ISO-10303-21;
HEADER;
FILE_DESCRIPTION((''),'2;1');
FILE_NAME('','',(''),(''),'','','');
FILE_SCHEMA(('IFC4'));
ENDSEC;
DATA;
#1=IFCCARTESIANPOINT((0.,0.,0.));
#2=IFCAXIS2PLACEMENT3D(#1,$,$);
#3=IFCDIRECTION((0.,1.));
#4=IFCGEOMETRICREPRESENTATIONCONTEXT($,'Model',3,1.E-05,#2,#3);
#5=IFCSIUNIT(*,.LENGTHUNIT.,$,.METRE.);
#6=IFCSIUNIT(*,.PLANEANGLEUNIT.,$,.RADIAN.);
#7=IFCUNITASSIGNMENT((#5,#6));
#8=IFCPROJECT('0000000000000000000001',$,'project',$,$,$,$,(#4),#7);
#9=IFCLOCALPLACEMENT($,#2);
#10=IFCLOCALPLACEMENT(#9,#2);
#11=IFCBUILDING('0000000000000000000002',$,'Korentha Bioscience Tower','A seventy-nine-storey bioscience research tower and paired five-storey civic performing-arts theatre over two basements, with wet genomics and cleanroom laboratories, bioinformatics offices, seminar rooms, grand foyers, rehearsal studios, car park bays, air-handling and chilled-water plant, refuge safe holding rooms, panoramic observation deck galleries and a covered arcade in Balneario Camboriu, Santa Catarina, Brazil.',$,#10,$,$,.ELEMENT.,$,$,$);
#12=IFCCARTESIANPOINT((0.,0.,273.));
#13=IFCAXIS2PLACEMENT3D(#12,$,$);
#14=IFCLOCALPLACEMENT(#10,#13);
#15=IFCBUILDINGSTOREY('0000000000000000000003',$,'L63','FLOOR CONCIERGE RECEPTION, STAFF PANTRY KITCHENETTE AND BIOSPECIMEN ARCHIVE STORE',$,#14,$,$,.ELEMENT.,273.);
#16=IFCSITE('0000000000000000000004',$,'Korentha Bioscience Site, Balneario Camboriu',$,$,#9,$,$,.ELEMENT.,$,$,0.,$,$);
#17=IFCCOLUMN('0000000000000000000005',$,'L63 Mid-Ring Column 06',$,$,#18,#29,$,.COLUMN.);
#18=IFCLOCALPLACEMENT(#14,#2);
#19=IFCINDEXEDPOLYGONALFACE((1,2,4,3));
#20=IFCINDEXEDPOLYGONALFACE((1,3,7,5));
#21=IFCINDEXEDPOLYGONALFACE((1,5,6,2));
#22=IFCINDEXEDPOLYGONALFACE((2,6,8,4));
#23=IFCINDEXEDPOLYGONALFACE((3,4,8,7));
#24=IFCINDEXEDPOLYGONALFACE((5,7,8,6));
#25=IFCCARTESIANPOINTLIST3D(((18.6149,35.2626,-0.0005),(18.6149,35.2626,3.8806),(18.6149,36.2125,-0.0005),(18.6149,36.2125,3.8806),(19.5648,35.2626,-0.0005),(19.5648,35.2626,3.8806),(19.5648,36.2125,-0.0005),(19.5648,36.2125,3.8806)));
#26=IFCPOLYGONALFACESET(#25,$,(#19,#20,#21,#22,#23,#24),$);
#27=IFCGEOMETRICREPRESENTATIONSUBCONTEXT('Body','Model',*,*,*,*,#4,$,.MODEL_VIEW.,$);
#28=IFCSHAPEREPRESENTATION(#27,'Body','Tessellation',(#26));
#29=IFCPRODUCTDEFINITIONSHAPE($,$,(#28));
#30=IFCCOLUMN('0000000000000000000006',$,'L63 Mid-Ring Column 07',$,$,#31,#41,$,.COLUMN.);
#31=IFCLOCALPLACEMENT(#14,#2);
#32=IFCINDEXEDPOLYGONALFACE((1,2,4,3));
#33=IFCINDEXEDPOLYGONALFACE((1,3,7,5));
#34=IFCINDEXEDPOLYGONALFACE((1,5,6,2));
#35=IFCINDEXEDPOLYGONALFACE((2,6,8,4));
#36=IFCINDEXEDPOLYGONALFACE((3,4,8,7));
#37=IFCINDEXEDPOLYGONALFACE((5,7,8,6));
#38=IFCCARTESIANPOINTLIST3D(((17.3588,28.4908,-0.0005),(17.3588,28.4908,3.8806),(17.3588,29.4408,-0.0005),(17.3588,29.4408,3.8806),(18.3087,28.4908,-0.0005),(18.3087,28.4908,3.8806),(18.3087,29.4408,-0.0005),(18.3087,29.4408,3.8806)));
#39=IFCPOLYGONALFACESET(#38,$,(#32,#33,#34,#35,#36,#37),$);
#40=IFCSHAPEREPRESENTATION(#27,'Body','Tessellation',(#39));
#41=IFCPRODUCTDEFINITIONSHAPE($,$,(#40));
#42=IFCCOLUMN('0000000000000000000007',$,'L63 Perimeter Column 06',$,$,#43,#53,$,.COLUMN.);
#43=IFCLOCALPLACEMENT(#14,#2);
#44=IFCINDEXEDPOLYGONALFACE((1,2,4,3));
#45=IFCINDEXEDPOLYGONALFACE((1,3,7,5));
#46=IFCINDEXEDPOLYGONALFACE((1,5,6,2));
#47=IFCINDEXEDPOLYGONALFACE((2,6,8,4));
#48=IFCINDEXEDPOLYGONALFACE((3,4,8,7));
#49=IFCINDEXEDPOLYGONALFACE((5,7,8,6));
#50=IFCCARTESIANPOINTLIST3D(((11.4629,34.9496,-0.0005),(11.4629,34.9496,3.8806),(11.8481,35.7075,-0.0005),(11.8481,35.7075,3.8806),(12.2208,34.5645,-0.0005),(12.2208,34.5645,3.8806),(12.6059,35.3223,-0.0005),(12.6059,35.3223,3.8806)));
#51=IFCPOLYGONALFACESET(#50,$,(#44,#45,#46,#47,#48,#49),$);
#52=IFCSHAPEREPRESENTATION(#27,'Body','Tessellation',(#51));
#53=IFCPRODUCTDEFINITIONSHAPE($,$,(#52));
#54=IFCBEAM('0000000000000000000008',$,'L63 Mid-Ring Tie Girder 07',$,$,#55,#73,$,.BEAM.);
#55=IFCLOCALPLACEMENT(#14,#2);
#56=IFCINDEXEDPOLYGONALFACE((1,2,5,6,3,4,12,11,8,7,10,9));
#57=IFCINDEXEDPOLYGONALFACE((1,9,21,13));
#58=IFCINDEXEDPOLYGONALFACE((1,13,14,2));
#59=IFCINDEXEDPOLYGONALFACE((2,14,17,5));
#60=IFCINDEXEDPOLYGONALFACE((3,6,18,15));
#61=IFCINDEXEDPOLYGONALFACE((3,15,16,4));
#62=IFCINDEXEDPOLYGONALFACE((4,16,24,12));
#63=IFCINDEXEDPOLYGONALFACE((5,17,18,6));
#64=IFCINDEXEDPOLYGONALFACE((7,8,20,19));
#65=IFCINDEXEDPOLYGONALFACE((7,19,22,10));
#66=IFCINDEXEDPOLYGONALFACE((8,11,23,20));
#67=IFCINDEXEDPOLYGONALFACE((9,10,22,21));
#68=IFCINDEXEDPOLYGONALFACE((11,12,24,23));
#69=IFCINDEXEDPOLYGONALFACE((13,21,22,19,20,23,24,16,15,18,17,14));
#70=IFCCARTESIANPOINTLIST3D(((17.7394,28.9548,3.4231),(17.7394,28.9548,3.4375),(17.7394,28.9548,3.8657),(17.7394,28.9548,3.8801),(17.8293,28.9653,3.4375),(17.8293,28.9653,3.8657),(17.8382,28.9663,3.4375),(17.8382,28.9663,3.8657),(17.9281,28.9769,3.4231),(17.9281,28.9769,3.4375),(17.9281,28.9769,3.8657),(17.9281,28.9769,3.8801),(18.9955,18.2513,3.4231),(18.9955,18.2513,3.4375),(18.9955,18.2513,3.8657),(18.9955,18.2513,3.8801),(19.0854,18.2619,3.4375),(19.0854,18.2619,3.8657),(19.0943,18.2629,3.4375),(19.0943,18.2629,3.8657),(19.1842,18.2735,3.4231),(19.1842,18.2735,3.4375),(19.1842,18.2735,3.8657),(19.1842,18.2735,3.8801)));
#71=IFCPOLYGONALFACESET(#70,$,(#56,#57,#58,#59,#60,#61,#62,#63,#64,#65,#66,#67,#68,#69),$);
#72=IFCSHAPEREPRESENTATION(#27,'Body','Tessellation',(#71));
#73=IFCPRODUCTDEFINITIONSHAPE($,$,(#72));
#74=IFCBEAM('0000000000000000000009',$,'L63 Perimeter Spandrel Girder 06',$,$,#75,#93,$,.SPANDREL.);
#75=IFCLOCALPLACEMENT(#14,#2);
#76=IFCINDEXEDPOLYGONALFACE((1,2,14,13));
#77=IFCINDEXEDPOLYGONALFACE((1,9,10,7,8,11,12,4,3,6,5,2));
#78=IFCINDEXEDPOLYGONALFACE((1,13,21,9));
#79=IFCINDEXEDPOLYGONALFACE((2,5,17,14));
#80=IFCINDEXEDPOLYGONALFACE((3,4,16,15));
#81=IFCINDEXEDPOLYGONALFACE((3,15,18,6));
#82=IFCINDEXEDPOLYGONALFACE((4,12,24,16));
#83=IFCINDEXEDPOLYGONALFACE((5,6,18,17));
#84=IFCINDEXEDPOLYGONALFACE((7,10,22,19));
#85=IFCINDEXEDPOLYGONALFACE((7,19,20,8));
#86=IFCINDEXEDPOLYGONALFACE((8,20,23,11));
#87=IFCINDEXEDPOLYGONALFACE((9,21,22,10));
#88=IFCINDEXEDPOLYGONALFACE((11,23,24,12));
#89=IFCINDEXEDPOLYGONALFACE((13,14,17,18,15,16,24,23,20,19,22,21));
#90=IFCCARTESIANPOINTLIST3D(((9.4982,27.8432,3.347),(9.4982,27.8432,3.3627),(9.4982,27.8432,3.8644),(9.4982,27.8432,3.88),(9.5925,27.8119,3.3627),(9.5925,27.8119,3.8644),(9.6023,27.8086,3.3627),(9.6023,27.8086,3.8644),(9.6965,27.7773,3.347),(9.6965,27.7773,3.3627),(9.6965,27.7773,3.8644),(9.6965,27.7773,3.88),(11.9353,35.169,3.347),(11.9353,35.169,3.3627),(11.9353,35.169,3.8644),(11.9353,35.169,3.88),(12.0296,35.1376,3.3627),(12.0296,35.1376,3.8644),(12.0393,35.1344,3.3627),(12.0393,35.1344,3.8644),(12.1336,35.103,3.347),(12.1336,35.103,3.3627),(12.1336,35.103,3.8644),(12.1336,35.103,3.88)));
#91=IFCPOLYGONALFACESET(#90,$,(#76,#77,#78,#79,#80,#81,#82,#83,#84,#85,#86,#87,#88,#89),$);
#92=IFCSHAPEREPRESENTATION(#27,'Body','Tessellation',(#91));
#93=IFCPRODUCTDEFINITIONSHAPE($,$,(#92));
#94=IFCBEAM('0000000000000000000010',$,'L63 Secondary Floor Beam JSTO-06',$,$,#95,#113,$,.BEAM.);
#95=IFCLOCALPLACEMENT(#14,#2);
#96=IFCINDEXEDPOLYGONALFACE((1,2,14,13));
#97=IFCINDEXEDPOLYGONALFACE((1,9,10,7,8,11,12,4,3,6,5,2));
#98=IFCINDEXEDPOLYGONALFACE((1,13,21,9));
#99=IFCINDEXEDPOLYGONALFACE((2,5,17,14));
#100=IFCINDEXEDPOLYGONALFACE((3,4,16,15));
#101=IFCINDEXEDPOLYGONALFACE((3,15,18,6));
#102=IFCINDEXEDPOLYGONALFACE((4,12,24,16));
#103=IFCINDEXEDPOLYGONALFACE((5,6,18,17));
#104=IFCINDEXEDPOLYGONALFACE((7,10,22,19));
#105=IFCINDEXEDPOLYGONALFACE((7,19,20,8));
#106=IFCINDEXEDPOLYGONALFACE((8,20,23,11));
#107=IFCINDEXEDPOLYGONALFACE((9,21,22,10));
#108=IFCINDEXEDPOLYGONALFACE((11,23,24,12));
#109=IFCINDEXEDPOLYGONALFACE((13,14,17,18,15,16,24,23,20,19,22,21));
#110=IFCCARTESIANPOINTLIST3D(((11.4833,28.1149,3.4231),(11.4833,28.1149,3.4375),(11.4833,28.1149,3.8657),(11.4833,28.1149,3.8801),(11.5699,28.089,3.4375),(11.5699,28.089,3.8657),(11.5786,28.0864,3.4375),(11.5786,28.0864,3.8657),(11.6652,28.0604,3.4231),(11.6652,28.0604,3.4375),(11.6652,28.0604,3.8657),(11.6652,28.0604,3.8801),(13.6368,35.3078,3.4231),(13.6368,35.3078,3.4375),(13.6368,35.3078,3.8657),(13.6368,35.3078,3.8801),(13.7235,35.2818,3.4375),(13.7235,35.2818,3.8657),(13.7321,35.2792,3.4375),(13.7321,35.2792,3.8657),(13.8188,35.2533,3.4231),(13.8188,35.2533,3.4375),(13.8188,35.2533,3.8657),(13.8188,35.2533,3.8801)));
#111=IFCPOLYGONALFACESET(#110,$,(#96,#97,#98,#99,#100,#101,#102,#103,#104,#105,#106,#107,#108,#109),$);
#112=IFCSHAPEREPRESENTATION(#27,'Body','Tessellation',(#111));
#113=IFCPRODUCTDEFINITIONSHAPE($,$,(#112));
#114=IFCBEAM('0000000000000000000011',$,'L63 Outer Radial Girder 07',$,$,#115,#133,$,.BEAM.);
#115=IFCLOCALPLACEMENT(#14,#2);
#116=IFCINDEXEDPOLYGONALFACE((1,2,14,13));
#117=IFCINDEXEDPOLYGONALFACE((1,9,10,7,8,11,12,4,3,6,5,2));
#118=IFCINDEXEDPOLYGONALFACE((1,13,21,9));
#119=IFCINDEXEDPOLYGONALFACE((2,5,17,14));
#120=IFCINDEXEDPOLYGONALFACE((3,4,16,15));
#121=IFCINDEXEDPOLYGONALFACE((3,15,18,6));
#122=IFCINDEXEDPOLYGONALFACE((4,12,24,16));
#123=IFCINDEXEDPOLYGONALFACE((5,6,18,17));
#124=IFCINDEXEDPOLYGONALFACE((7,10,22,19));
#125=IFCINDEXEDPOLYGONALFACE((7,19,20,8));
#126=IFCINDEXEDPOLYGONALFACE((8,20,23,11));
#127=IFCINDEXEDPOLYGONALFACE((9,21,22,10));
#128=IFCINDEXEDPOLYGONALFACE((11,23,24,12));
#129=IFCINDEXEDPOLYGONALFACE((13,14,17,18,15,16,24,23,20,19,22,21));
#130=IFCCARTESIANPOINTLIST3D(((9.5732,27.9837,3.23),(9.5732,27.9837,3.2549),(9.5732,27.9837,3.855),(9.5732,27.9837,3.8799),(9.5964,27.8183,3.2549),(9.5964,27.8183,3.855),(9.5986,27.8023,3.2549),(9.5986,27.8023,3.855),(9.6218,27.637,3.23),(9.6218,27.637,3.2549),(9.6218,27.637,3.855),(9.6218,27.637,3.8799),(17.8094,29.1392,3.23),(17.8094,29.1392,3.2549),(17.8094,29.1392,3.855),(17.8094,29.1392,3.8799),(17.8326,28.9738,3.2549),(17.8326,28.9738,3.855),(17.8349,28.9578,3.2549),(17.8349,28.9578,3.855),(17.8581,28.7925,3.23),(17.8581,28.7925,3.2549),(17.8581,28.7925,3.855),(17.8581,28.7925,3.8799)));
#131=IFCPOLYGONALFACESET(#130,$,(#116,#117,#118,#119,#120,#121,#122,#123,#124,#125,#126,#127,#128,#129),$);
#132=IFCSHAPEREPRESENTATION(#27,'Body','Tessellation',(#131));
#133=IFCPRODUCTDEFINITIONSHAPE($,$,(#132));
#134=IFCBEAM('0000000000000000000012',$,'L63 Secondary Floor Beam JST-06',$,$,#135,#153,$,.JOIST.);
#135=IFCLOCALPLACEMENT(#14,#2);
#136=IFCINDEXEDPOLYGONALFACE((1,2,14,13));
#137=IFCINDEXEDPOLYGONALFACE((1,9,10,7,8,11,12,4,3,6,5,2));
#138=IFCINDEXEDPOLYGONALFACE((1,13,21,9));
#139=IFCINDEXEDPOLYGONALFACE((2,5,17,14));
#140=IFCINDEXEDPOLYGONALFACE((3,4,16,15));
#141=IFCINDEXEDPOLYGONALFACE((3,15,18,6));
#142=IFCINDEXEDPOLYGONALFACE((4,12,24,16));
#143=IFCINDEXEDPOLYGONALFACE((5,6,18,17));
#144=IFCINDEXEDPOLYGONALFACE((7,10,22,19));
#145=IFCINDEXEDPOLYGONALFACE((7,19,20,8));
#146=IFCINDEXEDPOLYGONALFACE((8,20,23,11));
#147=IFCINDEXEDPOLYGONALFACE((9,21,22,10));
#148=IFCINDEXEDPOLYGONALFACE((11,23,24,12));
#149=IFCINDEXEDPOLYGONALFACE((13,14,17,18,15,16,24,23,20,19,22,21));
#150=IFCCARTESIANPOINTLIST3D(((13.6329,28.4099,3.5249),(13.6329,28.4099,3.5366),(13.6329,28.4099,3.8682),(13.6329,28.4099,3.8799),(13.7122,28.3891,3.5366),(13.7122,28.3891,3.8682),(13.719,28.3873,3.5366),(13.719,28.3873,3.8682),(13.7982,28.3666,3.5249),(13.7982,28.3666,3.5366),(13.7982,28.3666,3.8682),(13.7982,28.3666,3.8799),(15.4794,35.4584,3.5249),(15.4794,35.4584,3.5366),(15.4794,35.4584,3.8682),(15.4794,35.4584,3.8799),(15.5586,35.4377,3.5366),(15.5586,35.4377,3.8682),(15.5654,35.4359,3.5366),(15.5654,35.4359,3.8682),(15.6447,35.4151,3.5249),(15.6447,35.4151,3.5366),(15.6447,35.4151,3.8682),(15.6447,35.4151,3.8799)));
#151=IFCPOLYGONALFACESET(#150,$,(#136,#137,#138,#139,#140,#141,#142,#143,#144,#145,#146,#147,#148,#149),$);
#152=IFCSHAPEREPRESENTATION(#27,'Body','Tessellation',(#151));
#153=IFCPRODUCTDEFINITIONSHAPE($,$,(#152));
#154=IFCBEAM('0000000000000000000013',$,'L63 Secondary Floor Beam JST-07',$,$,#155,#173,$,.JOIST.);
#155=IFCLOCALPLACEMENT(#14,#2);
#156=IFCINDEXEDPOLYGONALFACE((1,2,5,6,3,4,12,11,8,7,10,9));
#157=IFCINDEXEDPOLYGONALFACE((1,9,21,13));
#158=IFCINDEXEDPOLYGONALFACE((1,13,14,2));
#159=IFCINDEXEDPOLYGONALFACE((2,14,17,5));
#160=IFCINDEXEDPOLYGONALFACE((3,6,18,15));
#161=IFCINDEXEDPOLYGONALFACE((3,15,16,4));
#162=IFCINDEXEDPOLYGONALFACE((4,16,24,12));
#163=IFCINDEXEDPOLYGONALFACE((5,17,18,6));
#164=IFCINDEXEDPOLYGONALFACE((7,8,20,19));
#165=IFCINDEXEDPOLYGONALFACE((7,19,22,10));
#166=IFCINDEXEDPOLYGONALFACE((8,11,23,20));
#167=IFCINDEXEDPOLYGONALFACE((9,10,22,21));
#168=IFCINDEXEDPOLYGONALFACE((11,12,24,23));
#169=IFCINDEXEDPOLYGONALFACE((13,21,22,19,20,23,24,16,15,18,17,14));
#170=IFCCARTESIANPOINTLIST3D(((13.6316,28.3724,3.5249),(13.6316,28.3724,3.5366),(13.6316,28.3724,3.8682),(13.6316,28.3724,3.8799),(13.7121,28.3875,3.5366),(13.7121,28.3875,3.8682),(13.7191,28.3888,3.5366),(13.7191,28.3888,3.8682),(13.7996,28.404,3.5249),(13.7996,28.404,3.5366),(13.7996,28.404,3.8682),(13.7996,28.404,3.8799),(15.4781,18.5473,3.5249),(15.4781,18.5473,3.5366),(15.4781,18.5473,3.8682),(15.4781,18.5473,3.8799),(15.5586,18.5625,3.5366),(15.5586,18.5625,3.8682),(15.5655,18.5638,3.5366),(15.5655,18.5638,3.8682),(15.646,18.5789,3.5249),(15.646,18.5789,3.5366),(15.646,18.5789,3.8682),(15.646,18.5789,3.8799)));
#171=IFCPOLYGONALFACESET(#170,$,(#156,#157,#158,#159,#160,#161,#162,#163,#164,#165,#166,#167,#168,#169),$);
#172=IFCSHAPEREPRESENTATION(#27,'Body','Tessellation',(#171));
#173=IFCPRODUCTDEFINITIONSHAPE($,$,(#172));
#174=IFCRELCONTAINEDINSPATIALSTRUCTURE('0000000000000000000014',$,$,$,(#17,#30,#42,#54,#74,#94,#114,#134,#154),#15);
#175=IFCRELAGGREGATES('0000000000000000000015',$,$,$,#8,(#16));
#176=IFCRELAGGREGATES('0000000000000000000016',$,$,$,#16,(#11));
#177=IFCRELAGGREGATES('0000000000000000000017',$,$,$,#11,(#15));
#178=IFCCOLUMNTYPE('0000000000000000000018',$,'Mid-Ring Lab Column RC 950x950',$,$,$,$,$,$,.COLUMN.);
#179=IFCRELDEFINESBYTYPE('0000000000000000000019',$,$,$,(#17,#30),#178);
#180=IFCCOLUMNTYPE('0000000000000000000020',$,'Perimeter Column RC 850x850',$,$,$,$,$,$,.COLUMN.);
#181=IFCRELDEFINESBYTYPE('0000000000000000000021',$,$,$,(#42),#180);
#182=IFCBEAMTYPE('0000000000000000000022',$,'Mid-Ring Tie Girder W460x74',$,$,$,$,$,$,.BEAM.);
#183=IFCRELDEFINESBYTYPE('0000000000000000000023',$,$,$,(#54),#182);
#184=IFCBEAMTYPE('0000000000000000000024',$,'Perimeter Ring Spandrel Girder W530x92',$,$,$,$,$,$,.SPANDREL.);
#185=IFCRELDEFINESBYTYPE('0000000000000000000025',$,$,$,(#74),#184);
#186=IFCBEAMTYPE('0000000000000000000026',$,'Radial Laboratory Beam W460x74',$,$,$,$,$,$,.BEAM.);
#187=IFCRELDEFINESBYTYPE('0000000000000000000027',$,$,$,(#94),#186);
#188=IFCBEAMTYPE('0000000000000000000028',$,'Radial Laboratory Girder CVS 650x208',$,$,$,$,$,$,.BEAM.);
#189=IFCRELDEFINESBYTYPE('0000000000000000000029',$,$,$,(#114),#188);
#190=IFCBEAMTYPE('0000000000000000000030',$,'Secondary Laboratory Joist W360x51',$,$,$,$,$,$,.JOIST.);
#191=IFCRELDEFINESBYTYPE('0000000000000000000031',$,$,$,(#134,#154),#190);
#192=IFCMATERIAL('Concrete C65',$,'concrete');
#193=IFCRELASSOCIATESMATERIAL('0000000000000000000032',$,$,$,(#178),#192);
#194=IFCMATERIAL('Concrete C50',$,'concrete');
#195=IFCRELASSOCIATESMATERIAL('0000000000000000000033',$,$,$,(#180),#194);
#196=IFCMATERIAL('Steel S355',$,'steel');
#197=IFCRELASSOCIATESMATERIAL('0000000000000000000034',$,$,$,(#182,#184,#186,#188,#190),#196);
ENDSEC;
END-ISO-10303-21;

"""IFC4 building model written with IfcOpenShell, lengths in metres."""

from ifc_helpers import new_model, si_unit, direction, frame, origin, origin_2d, place, context, subcontext, project, spatial, rectangle, i_section, extrude, material, material_profile, profile_set, type_object, element, save


model = new_model("IFC4")

# Units and contexts
model_context = context("Model", 3, precision=1e-05, world=origin(), true_north=direction((0.0, 1.0)))
body_context = subcontext(model_context, "Body", "Model", "MODEL_VIEW")
ifc_project = project(units=[si_unit("LENGTHUNIT", "METRE"), si_unit("PLANEANGLEUNIT", "RADIAN")], contexts=[model_context])

# Site, building, storey
site_placement = place(None, origin())
site = spatial("IfcSite", under=ifc_project, at=site_placement, Name="Korentha Bioscience Site, Balneario Camboriu", CompositionType="ELEMENT", RefElevation=0.0)
building_placement = place(site_placement, origin())
building = spatial("IfcBuilding", under=site, at=building_placement, Name="Korentha Bioscience Tower", Description="A seventy-nine-storey bioscience research tower and paired five-storey civic performing-arts theatre over two basements, with wet genomics and cleanroom laboratories, bioinformatics offices, seminar rooms, grand foyers, rehearsal studios, car park bays, air-handling and chilled-water plant, refuge safe holding rooms, panoramic observation deck galleries and a covered arcade in Balneario Camboriu, Santa Catarina, Brazil.", CompositionType="ELEMENT")
storey_placement = place(building_placement, frame((0.0, 0.0, 273.0)))
storey = spatial("IfcBuildingStorey", under=building, at=storey_placement, Name="L63", Description="FLOOR CONCIERGE RECEPTION, STAFF PANTRY KITCHENETTE AND BIOSPECIMEN ARCHIVE STORE", CompositionType="ELEMENT", Elevation=273.0)

# Columns
ifc_material_1 = material(Name="Concrete C65", Category="concrete")
ifc_material_profile_1 = material_profile(ifc_material_1, rectangle(XDim=0.95, YDim=0.95, at=origin_2d()), Name="Concrete C65")
ifc_profile_set_1 = profile_set([ifc_material_profile_1], Name="Concrete C65 (COL-MR09)")
column_type_1 = type_object("IfcColumnType", Name="Mid-Ring Lab Column RC 950x950", PredefinedType="COLUMN", material=ifc_profile_set_1)
for number, where, z_axis, x_axis, name in (
    (1, (19.0898, 35.7375, -0.0005), (0.0, 0.0, 1.0), (1.0, 0.0, 0.0), "L63 Mid-Ring Column 06"),
    (2, (17.8337, 28.9658, -0.0005), (0.0, 0.0, 1.0), (1.0, 0.0, 0.0), "L63 Mid-Ring Column 07"),
):
    element("IfcColumn", number, at=place(storey_placement, frame(where, z_axis=z_axis, x_axis=x_axis)), inside=storey, type_object=column_type_1, Name=name, PredefinedType="COLUMN", context=body_context, shape_type="SweptSolid", body=[
        extrude(rectangle(XDim=0.95, YDim=0.95, at=origin_2d()), origin(), (0.0, 0.0, 1.0), 3.8811),
    ])
ifc_material_2 = material(Name="Concrete C50", Category="concrete")
ifc_material_profile_2 = material_profile(ifc_material_2, rectangle(XDim=0.8501, YDim=0.8501, at=origin_2d()), Name="Concrete C50")
ifc_profile_set_2 = profile_set([ifc_material_profile_2], Name="Concrete C50 (COL-P08)")
column_type_2 = type_object("IfcColumnType", Name="Perimeter Column RC 850x850", PredefinedType="COLUMN", material=ifc_profile_set_2)
column_placement = place(storey_placement, frame((12.0344, 35.136, -0.0005), z_axis=(0.0, 0.0, 1.0), x_axis=(0.453057, 0.891481, 0.0)))
element("IfcColumn", 3, at=column_placement, inside=storey, type_object=column_type_2, Name="L63 Perimeter Column 06", PredefinedType="COLUMN", context=body_context, shape_type="SweptSolid", body=[
    extrude(rectangle(XDim=0.8501, YDim=0.8501, at=origin_2d()), origin(), (0.0, 0.0, 1.0), 3.8811),
])

# Beams
ifc_material_3 = material(Name="Steel S355", Category="steel")
ifc_material_profile_3 = material_profile(ifc_material_3, i_section(OverallWidth=0.1899, OverallDepth=0.457, WebThickness=0.009, FlangeThickness=0.0144, at=origin_2d()), Name="Steel S355")
ifc_profile_set_3 = profile_set([ifc_material_profile_3], Name="Steel S355 (MB-460)")
beam_type_1 = type_object("IfcBeamType", Name="Mid-Ring Tie Girder W460x74", PredefinedType="BEAM", material=ifc_profile_set_3)
beam_1_placement = place(storey_placement, frame((17.8337, 28.9658, 3.6516), z_axis=(0.116556, -0.993184, 0.0), x_axis=(0.993184, 0.116556, 0.0)))
element("IfcBeam", 4, at=beam_1_placement, inside=storey, type_object=beam_type_1, Name="L63 Mid-Ring Tie Girder 07", PredefinedType="BEAM", context=body_context, shape_type="SweptSolid", body=[
    extrude(i_section(OverallWidth=0.1899, OverallDepth=0.457, WebThickness=0.009, FlangeThickness=0.0144, at=origin_2d()), origin(), (0.0, 0.0, 1.0), 10.7769),
])
ifc_material_profile_4 = material_profile(ifc_material_3, i_section(OverallWidth=0.209, OverallDepth=0.533, WebThickness=0.0103, FlangeThickness=0.0156, at=origin_2d()), Name="Steel S355")
ifc_profile_set_4 = profile_set([ifc_material_profile_4], Name="Steel S355 (SB-530)")
beam_type_2 = type_object("IfcBeamType", Name="Perimeter Ring Spandrel Girder W530x92", PredefinedType="SPANDREL", material=ifc_profile_set_4)
beam_2_placement = place(storey_placement, frame((12.0344, 35.136, 3.6135), z_axis=(-0.315658, -0.948873, 0.0), x_axis=(0.948873, -0.315658, 0.0)))
element("IfcBeam", 5, at=beam_2_placement, inside=storey, type_object=beam_type_2, Name="L63 Perimeter Spandrel Girder 06", PredefinedType="SPANDREL", context=body_context, shape_type="SweptSolid", body=[
    extrude(i_section(OverallWidth=0.209, OverallDepth=0.533, WebThickness=0.0103, FlangeThickness=0.0156, at=origin_2d()), origin(), (0.0, 0.0, 1.0), 7.7205),
])
ifc_material_profile_5 = material_profile(ifc_material_3, i_section(OverallWidth=0.1899, OverallDepth=0.457, WebThickness=0.009, FlangeThickness=0.0144, at=origin_2d()), Name="Steel S355")
ifc_profile_set_5 = profile_set([ifc_material_profile_5], Name="Steel S355 (RB-460)")
beam_type_3 = type_object("IfcBeamType", Name="Radial Laboratory Beam W460x74", PredefinedType="BEAM", material=ifc_profile_set_5)
beam_3_placement = place(storey_placement, frame((13.7278, 35.2805, 3.6516), z_axis=(-0.286823, -0.957984, 0.0), x_axis=(0.957984, -0.286823, 0.0)))
element("IfcBeam", 6, at=beam_3_placement, inside=storey, type_object=beam_type_3, Name="L63 Secondary Floor Beam JSTO-06", PredefinedType="BEAM", context=body_context, shape_type="SweptSolid", body=[
    extrude(i_section(OverallWidth=0.1899, OverallDepth=0.457, WebThickness=0.009, FlangeThickness=0.0144, at=origin_2d()), origin(), (0.0, 0.0, 1.0), 7.5083),
])
ifc_material_profile_6 = material_profile(ifc_material_3, i_section(OverallWidth=0.3501, OverallDepth=0.6499, WebThickness=0.0161, FlangeThickness=0.0249, at=origin_2d()), Name="Steel S355")
ifc_profile_set_6 = profile_set([ifc_material_profile_6], Name="Steel S355 (RB-650)")
beam_type_4 = type_object("IfcBeamType", Name="Radial Laboratory Girder CVS 650x208", PredefinedType="BEAM", material=ifc_profile_set_6)
beam_4_placement = place(storey_placement, frame((17.8337, 28.9658, 3.5549), z_axis=(-0.990302, -0.138935, 0.0), x_axis=(0.138935, -0.990302, 0.0)))
element("IfcBeam", 7, at=beam_4_placement, inside=storey, type_object=beam_type_4, Name="L63 Outer Radial Girder 07", PredefinedType="BEAM", context=body_context, shape_type="SweptSolid", body=[
    extrude(i_section(OverallWidth=0.3501, OverallDepth=0.6499, WebThickness=0.0161, FlangeThickness=0.0249, at=origin_2d()), origin(), (0.0, 0.0, 1.0), 8.3169),
])
ifc_material_profile_7 = material_profile(ifc_material_3, i_section(OverallWidth=0.1709, OverallDepth=0.355, WebThickness=0.0071, FlangeThickness=0.0117, at=origin_2d()), Name="Steel S355")
ifc_profile_set_7 = profile_set([ifc_material_profile_7], Name="Steel S355 (JB-360)")
beam_type_5 = type_object("IfcBeamType", Name="Secondary Laboratory Joist W360x51", PredefinedType="JOIST", material=ifc_profile_set_7)
beam_5_placement = place(storey_placement, frame((15.562, 35.4368, 3.7024), z_axis=(-0.253408, -0.96736, 0.0), x_axis=(0.96736, -0.253408, 0.0)))
element("IfcBeam", 8, at=beam_5_placement, inside=storey, type_object=beam_type_5, Name="L63 Secondary Floor Beam JST-06", PredefinedType="JOIST", context=body_context, shape_type="SweptSolid", body=[
    extrude(i_section(OverallWidth=0.1709, OverallDepth=0.355, WebThickness=0.0071, FlangeThickness=0.0117, at=origin_2d()), origin(), (0.0, 0.0, 1.0), 7.2864),
])
beam_6_placement = place(storey_placement, frame((13.7156, 28.3882, 3.7024), z_axis=(0.1847, -0.982795, 0.0), x_axis=(0.982795, 0.1847, 0.0)))
element("IfcBeam", 9, at=beam_6_placement, inside=storey, type_object=beam_type_5, Name="L63 Secondary Floor Beam JST-07", PredefinedType="JOIST", context=body_context, shape_type="SweptSolid", body=[
    extrude(i_section(OverallWidth=0.1709, OverallDepth=0.355, WebThickness=0.0071, FlangeThickness=0.0117, at=origin_2d()), origin(), (0.0, 0.0, 1.0), 9.9971),
])

save(model, "model.ifc")
